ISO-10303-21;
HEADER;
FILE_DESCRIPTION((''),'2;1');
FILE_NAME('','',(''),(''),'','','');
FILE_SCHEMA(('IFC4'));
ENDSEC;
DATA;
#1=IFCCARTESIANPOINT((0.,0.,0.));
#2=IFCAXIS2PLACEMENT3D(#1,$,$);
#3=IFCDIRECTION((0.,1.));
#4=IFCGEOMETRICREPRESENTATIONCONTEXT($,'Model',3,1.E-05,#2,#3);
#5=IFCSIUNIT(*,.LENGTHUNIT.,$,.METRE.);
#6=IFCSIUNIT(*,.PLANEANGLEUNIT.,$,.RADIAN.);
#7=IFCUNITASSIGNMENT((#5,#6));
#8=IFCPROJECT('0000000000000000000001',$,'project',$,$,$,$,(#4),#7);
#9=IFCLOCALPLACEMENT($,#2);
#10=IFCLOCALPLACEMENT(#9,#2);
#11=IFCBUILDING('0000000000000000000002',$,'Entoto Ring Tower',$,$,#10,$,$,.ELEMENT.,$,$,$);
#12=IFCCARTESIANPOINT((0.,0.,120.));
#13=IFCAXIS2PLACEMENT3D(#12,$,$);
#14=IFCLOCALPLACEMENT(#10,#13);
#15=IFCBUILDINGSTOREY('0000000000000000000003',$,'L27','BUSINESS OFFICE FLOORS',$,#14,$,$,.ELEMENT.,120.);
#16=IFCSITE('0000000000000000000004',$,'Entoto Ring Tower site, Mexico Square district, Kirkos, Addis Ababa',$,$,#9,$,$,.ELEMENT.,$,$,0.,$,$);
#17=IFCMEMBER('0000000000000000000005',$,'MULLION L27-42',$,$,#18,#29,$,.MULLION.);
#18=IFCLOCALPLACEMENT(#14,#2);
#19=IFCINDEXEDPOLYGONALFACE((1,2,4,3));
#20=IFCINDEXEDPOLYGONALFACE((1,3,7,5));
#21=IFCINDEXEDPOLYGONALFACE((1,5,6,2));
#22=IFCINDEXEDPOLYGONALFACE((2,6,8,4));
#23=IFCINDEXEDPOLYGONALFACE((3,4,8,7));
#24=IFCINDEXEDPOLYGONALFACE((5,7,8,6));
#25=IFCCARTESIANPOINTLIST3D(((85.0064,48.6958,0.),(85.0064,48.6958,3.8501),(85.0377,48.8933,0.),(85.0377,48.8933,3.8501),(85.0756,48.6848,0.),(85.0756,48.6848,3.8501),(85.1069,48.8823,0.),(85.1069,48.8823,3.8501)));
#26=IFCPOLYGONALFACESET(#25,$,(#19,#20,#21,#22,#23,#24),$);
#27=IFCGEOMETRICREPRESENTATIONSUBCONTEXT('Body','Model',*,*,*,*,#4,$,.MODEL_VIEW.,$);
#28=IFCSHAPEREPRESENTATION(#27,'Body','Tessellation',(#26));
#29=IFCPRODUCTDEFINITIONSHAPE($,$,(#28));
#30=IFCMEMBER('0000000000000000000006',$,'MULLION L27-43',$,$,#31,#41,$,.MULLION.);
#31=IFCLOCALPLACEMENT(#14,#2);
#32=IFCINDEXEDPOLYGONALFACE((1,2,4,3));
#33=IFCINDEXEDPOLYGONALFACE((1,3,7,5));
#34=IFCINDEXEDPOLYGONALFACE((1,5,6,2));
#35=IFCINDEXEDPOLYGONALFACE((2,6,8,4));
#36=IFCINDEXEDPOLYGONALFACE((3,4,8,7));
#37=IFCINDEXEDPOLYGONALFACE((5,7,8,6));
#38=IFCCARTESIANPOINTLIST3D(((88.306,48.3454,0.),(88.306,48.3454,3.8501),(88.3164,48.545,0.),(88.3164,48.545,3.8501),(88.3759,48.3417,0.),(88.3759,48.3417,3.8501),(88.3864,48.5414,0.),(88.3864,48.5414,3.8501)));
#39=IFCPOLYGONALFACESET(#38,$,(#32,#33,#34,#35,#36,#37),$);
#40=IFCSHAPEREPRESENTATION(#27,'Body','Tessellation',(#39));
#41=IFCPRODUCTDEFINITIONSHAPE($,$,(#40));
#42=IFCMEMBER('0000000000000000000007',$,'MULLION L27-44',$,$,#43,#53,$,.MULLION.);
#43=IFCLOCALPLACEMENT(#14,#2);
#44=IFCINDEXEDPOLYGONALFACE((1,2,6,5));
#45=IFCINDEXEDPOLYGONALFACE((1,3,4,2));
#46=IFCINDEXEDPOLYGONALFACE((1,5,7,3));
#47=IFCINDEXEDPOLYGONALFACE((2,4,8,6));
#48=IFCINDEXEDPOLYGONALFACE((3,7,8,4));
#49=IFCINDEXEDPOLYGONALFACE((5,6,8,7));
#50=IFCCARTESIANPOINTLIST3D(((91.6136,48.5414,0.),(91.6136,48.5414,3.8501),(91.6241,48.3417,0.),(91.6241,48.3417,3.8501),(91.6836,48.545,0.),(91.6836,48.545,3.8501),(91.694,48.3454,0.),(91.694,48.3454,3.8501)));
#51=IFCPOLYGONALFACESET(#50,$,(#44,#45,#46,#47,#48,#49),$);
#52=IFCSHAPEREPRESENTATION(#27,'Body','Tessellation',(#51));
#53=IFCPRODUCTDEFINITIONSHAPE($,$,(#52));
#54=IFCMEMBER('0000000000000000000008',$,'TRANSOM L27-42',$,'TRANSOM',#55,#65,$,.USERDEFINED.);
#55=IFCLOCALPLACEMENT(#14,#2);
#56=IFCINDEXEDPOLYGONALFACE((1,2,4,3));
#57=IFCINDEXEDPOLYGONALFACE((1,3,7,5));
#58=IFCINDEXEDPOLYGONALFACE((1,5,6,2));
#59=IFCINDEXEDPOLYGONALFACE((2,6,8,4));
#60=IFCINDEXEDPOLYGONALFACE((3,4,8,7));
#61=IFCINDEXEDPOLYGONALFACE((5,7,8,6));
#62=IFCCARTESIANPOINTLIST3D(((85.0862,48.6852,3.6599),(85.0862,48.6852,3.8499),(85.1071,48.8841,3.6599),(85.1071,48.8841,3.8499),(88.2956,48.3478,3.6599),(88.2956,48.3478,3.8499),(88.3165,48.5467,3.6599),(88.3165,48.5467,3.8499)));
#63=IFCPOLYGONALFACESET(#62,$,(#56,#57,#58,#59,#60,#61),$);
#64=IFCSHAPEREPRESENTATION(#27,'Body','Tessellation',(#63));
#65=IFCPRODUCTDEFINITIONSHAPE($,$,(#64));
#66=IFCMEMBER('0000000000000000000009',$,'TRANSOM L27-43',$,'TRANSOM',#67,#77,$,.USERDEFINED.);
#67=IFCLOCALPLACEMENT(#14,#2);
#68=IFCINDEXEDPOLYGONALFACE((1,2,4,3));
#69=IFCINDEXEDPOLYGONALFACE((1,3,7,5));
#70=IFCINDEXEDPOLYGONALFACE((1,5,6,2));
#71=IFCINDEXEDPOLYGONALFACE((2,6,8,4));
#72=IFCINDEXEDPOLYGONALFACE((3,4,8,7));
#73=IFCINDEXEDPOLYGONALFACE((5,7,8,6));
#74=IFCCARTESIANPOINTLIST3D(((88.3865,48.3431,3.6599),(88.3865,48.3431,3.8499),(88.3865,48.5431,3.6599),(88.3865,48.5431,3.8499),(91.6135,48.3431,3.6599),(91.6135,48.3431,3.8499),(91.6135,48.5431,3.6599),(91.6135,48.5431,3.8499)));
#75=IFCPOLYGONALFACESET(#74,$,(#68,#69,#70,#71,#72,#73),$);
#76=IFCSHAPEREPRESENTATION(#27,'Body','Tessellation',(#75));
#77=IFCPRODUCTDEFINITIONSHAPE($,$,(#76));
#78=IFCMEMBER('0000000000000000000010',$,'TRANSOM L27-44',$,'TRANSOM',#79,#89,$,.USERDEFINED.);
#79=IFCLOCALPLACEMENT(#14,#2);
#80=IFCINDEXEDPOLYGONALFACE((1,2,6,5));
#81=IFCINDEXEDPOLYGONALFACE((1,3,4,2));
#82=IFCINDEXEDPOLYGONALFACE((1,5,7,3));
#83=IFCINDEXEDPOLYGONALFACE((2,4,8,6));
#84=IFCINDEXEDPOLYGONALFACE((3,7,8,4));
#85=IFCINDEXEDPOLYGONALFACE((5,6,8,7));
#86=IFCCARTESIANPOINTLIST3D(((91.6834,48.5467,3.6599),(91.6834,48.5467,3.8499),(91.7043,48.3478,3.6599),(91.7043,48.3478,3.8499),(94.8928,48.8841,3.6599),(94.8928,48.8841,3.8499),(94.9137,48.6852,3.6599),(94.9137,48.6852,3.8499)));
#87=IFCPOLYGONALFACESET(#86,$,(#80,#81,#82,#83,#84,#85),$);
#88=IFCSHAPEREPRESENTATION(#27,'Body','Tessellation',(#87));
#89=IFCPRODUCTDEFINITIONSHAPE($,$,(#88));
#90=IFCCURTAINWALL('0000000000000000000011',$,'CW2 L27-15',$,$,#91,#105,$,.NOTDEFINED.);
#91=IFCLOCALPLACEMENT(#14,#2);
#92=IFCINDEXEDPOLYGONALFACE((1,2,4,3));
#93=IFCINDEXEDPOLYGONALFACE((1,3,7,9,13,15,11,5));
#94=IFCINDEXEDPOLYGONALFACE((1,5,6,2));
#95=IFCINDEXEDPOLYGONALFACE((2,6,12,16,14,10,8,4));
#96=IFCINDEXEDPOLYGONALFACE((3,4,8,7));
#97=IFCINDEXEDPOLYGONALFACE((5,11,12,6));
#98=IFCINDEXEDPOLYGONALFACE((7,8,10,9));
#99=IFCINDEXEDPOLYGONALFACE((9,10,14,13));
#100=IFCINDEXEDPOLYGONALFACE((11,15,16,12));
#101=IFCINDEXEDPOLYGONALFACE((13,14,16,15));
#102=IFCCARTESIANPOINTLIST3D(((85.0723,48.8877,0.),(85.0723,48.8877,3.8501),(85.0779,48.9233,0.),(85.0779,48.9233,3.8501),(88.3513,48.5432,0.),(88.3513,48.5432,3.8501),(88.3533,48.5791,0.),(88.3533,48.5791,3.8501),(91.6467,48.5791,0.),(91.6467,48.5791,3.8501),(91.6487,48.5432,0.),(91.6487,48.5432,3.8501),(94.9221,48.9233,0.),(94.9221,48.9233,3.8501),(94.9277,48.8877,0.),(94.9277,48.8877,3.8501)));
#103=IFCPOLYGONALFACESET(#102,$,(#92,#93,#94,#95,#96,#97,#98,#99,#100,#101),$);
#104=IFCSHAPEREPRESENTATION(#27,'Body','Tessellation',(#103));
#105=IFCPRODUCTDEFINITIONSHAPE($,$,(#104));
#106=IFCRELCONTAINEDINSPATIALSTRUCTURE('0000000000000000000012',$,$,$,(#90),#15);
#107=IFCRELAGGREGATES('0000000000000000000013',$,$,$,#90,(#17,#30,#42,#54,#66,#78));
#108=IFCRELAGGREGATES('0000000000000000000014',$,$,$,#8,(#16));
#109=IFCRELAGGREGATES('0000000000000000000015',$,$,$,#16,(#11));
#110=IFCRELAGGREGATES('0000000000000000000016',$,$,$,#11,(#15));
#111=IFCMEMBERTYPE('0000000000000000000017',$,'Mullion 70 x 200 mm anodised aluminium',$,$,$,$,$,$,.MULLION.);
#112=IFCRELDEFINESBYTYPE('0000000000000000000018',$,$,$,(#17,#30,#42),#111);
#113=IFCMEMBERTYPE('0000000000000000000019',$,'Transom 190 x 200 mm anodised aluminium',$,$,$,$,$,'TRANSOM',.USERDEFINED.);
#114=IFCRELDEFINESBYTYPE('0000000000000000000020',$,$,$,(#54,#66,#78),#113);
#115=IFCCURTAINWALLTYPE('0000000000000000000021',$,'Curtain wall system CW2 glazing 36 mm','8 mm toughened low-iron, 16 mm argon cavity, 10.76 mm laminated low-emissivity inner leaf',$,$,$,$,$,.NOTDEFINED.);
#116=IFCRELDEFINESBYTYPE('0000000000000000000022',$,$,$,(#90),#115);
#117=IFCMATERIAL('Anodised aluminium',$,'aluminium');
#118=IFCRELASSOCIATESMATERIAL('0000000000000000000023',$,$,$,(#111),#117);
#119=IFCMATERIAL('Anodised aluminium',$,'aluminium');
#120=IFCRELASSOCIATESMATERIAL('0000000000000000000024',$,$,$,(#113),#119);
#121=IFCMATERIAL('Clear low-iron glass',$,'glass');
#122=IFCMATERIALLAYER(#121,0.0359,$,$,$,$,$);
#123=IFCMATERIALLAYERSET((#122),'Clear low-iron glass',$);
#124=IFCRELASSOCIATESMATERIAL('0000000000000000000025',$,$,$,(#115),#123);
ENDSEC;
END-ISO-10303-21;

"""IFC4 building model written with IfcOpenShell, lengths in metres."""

from ifc_helpers import new_model, si_unit, direction, frame, origin, origin_2d, place, context, subcontext, project, spatial, polyline, rectangle, outline, extrude, material, layer, layer_set, material_profile, profile_set, type_object, element, aggregate, save


model = new_model("IFC4")

# Units and contexts
model_context = context("Model", 3, precision=1e-05, world=origin(), true_north=direction((0.0, 1.0)))
body_context = subcontext(model_context, "Body", "Model", "MODEL_VIEW")
ifc_project = project(units=[si_unit("LENGTHUNIT", "METRE"), si_unit("PLANEANGLEUNIT", "RADIAN")], contexts=[model_context])

# Members
ifc_material_1 = material(Name="Anodised aluminium", Category="aluminium")
ifc_material_profile_1 = material_profile(ifc_material_1, rectangle(XDim=0.0701, YDim=0.2, at=origin_2d()), Name="Mullion 70 x 200 mm anodised aluminium")
ifc_profile_set_1 = profile_set([ifc_material_profile_1], Name="Anodised aluminium")
member_type_1 = type_object("IfcMemberType", Name="Mullion 70 x 200 mm anodised aluminium", PredefinedType="MULLION", material=ifc_profile_set_1)
site_placement = place(None, origin())
building_placement = place(site_placement, origin())
storey_placement = place(building_placement, frame((0.0, 0.0, 120.0)))
member_1_placement = place(storey_placement, frame((85.0566, 48.7891, 0.0), z_axis=(0.0, 0.0, 1.0), x_axis=(0.987688, -0.156434, 0.0)))
member_1 = element("IfcMember", 1, at=member_1_placement, type_object=member_type_1, Name="MULLION L27-42", PredefinedType="MULLION", context=body_context, shape_type="SweptSolid", body=[
    extrude(rectangle(XDim=0.0701, YDim=0.2, at=origin_2d()), origin(), (0.0, 0.0, 1.0), 3.8501),
])
member_2_placement = place(storey_placement, frame((88.3462, 48.4434, 0.0), z_axis=(0.0, 0.0, 1.0), x_axis=(0.99863, -0.052336, 0.0)))
member_2 = element("IfcMember", 2, at=member_2_placement, type_object=member_type_1, Name="MULLION L27-43", PredefinedType="MULLION", context=body_context, shape_type="SweptSolid", body=[
    extrude(rectangle(XDim=0.0701, YDim=0.2, at=origin_2d()), origin(), (0.0, 0.0, 1.0), 3.8501),
])
member_3_placement = place(storey_placement, frame((91.6538, 48.4434, 0.0), z_axis=(0.0, 0.0, 1.0), x_axis=(0.99863, 0.052336, 0.0)))
member_3 = element("IfcMember", 3, at=member_3_placement, type_object=member_type_1, Name="MULLION L27-44", PredefinedType="MULLION", context=body_context, shape_type="SweptSolid", body=[
    extrude(rectangle(XDim=0.0701, YDim=0.2, at=origin_2d()), origin(), (0.0, 0.0, 1.0), 3.8501),
])
ifc_material_2 = material(Name="Anodised aluminium", Category="aluminium")
ifc_material_profile_2 = material_profile(ifc_material_2, rectangle(XDim=0.2, YDim=0.1899, at=origin_2d()), Name="Transom 190 x 200 mm anodised aluminium")
ifc_profile_set_2 = profile_set([ifc_material_profile_2], Name="Anodised aluminium")
member_type_2 = type_object("IfcMemberType", Name="Transom 190 x 200 mm anodised aluminium", ElementType="TRANSOM", PredefinedType="USERDEFINED", material=ifc_profile_set_2)
member_4_placement = place(storey_placement, frame((85.0967, 48.7847, 3.7549), z_axis=(0.99452, -0.104551, 0.0), x_axis=(0.104551, 0.99452, 0.0)))
member_4 = element("IfcMember", 4, at=member_4_placement, type_object=member_type_2, Name="TRANSOM L27-42", ObjectType="TRANSOM", PredefinedType="USERDEFINED", context=body_context, shape_type="SweptSolid", body=[
    extrude(rectangle(XDim=0.2, YDim=0.1899, at=origin_2d()), origin(), (0.0, 0.0, 1.0), 3.2271),
])
member_5_placement = place(storey_placement, frame((88.3865, 48.4431, 3.7549), z_axis=(1.0, 0.0, 0.0), x_axis=(0.0, 1.0, 0.0)))
member_5 = element("IfcMember", 5, at=member_5_placement, type_object=member_type_2, Name="TRANSOM L27-43", ObjectType="TRANSOM", PredefinedType="USERDEFINED", context=body_context, shape_type="SweptSolid", body=[
    extrude(rectangle(XDim=0.2, YDim=0.1899, at=origin_2d()), origin(), (0.0, 0.0, 1.0), 3.2271),
])
member_6_placement = place(storey_placement, frame((91.6938, 48.4473, 3.7549), z_axis=(0.99452, 0.104551, 0.0), x_axis=(-0.104551, 0.99452, 0.0)))
member_6 = element("IfcMember", 6, at=member_6_placement, type_object=member_type_2, Name="TRANSOM L27-44", ObjectType="TRANSOM", PredefinedType="USERDEFINED", context=body_context, shape_type="SweptSolid", body=[
    extrude(rectangle(XDim=0.2, YDim=0.1899, at=origin_2d()), origin(), (0.0, 0.0, 1.0), 3.2271),
])

# Site, building, storey
site = spatial("IfcSite", under=ifc_project, at=site_placement, Name="Entoto Ring Tower site, Mexico Square district, Kirkos, Addis Ababa", CompositionType="ELEMENT", RefElevation=0.0)
building = spatial("IfcBuilding", under=site, at=building_placement, Name="Entoto Ring Tower", CompositionType="ELEMENT")
storey = spatial("IfcBuildingStorey", under=building, at=storey_placement, Name="L27", Description="BUSINESS OFFICE FLOORS", CompositionType="ELEMENT", Elevation=120.0)

# Curtain wall
ifc_material_3 = material(Name="Clear low-iron glass", Category="glass")
ifc_layer = layer(ifc_material_3, 0.0359)
ifc_layer_set = layer_set([ifc_layer], Name="Clear low-iron glass")
curtain_wall_type = type_object("IfcCurtainWallType", Name="Curtain wall system CW2 glazing 36 mm", Description="8 mm toughened low-iron, 16 mm argon cavity, 10.76 mm laminated low-emissivity inner leaf", PredefinedType="NOTDEFINED", material=ifc_layer_set)
curtain_wall_1_placement = place(storey_placement, origin())
curtain_wall_1 = element("IfcCurtainWall", 7, at=curtain_wall_1_placement, inside=storey, type_object=curtain_wall_type, Name="CW2 L27-15", PredefinedType="NOTDEFINED", context=body_context, shape_type="SweptSolid", body=[
    extrude(outline(polyline([(85.0723, 48.8877), (88.3513, 48.5432), (91.6487, 48.5432), (94.9277, 48.8877), (94.9221, 48.9233), (91.6467, 48.5791), (88.3533, 48.5791), (85.0779, 48.9233), (85.0723, 48.8877)])), origin(), (0.0, 0.0, 1.0), 3.8501),
])
aggregate(curtain_wall_1, [member_1, member_2, member_3, member_4, member_5, member_6])

save(model, "model.ifc")
